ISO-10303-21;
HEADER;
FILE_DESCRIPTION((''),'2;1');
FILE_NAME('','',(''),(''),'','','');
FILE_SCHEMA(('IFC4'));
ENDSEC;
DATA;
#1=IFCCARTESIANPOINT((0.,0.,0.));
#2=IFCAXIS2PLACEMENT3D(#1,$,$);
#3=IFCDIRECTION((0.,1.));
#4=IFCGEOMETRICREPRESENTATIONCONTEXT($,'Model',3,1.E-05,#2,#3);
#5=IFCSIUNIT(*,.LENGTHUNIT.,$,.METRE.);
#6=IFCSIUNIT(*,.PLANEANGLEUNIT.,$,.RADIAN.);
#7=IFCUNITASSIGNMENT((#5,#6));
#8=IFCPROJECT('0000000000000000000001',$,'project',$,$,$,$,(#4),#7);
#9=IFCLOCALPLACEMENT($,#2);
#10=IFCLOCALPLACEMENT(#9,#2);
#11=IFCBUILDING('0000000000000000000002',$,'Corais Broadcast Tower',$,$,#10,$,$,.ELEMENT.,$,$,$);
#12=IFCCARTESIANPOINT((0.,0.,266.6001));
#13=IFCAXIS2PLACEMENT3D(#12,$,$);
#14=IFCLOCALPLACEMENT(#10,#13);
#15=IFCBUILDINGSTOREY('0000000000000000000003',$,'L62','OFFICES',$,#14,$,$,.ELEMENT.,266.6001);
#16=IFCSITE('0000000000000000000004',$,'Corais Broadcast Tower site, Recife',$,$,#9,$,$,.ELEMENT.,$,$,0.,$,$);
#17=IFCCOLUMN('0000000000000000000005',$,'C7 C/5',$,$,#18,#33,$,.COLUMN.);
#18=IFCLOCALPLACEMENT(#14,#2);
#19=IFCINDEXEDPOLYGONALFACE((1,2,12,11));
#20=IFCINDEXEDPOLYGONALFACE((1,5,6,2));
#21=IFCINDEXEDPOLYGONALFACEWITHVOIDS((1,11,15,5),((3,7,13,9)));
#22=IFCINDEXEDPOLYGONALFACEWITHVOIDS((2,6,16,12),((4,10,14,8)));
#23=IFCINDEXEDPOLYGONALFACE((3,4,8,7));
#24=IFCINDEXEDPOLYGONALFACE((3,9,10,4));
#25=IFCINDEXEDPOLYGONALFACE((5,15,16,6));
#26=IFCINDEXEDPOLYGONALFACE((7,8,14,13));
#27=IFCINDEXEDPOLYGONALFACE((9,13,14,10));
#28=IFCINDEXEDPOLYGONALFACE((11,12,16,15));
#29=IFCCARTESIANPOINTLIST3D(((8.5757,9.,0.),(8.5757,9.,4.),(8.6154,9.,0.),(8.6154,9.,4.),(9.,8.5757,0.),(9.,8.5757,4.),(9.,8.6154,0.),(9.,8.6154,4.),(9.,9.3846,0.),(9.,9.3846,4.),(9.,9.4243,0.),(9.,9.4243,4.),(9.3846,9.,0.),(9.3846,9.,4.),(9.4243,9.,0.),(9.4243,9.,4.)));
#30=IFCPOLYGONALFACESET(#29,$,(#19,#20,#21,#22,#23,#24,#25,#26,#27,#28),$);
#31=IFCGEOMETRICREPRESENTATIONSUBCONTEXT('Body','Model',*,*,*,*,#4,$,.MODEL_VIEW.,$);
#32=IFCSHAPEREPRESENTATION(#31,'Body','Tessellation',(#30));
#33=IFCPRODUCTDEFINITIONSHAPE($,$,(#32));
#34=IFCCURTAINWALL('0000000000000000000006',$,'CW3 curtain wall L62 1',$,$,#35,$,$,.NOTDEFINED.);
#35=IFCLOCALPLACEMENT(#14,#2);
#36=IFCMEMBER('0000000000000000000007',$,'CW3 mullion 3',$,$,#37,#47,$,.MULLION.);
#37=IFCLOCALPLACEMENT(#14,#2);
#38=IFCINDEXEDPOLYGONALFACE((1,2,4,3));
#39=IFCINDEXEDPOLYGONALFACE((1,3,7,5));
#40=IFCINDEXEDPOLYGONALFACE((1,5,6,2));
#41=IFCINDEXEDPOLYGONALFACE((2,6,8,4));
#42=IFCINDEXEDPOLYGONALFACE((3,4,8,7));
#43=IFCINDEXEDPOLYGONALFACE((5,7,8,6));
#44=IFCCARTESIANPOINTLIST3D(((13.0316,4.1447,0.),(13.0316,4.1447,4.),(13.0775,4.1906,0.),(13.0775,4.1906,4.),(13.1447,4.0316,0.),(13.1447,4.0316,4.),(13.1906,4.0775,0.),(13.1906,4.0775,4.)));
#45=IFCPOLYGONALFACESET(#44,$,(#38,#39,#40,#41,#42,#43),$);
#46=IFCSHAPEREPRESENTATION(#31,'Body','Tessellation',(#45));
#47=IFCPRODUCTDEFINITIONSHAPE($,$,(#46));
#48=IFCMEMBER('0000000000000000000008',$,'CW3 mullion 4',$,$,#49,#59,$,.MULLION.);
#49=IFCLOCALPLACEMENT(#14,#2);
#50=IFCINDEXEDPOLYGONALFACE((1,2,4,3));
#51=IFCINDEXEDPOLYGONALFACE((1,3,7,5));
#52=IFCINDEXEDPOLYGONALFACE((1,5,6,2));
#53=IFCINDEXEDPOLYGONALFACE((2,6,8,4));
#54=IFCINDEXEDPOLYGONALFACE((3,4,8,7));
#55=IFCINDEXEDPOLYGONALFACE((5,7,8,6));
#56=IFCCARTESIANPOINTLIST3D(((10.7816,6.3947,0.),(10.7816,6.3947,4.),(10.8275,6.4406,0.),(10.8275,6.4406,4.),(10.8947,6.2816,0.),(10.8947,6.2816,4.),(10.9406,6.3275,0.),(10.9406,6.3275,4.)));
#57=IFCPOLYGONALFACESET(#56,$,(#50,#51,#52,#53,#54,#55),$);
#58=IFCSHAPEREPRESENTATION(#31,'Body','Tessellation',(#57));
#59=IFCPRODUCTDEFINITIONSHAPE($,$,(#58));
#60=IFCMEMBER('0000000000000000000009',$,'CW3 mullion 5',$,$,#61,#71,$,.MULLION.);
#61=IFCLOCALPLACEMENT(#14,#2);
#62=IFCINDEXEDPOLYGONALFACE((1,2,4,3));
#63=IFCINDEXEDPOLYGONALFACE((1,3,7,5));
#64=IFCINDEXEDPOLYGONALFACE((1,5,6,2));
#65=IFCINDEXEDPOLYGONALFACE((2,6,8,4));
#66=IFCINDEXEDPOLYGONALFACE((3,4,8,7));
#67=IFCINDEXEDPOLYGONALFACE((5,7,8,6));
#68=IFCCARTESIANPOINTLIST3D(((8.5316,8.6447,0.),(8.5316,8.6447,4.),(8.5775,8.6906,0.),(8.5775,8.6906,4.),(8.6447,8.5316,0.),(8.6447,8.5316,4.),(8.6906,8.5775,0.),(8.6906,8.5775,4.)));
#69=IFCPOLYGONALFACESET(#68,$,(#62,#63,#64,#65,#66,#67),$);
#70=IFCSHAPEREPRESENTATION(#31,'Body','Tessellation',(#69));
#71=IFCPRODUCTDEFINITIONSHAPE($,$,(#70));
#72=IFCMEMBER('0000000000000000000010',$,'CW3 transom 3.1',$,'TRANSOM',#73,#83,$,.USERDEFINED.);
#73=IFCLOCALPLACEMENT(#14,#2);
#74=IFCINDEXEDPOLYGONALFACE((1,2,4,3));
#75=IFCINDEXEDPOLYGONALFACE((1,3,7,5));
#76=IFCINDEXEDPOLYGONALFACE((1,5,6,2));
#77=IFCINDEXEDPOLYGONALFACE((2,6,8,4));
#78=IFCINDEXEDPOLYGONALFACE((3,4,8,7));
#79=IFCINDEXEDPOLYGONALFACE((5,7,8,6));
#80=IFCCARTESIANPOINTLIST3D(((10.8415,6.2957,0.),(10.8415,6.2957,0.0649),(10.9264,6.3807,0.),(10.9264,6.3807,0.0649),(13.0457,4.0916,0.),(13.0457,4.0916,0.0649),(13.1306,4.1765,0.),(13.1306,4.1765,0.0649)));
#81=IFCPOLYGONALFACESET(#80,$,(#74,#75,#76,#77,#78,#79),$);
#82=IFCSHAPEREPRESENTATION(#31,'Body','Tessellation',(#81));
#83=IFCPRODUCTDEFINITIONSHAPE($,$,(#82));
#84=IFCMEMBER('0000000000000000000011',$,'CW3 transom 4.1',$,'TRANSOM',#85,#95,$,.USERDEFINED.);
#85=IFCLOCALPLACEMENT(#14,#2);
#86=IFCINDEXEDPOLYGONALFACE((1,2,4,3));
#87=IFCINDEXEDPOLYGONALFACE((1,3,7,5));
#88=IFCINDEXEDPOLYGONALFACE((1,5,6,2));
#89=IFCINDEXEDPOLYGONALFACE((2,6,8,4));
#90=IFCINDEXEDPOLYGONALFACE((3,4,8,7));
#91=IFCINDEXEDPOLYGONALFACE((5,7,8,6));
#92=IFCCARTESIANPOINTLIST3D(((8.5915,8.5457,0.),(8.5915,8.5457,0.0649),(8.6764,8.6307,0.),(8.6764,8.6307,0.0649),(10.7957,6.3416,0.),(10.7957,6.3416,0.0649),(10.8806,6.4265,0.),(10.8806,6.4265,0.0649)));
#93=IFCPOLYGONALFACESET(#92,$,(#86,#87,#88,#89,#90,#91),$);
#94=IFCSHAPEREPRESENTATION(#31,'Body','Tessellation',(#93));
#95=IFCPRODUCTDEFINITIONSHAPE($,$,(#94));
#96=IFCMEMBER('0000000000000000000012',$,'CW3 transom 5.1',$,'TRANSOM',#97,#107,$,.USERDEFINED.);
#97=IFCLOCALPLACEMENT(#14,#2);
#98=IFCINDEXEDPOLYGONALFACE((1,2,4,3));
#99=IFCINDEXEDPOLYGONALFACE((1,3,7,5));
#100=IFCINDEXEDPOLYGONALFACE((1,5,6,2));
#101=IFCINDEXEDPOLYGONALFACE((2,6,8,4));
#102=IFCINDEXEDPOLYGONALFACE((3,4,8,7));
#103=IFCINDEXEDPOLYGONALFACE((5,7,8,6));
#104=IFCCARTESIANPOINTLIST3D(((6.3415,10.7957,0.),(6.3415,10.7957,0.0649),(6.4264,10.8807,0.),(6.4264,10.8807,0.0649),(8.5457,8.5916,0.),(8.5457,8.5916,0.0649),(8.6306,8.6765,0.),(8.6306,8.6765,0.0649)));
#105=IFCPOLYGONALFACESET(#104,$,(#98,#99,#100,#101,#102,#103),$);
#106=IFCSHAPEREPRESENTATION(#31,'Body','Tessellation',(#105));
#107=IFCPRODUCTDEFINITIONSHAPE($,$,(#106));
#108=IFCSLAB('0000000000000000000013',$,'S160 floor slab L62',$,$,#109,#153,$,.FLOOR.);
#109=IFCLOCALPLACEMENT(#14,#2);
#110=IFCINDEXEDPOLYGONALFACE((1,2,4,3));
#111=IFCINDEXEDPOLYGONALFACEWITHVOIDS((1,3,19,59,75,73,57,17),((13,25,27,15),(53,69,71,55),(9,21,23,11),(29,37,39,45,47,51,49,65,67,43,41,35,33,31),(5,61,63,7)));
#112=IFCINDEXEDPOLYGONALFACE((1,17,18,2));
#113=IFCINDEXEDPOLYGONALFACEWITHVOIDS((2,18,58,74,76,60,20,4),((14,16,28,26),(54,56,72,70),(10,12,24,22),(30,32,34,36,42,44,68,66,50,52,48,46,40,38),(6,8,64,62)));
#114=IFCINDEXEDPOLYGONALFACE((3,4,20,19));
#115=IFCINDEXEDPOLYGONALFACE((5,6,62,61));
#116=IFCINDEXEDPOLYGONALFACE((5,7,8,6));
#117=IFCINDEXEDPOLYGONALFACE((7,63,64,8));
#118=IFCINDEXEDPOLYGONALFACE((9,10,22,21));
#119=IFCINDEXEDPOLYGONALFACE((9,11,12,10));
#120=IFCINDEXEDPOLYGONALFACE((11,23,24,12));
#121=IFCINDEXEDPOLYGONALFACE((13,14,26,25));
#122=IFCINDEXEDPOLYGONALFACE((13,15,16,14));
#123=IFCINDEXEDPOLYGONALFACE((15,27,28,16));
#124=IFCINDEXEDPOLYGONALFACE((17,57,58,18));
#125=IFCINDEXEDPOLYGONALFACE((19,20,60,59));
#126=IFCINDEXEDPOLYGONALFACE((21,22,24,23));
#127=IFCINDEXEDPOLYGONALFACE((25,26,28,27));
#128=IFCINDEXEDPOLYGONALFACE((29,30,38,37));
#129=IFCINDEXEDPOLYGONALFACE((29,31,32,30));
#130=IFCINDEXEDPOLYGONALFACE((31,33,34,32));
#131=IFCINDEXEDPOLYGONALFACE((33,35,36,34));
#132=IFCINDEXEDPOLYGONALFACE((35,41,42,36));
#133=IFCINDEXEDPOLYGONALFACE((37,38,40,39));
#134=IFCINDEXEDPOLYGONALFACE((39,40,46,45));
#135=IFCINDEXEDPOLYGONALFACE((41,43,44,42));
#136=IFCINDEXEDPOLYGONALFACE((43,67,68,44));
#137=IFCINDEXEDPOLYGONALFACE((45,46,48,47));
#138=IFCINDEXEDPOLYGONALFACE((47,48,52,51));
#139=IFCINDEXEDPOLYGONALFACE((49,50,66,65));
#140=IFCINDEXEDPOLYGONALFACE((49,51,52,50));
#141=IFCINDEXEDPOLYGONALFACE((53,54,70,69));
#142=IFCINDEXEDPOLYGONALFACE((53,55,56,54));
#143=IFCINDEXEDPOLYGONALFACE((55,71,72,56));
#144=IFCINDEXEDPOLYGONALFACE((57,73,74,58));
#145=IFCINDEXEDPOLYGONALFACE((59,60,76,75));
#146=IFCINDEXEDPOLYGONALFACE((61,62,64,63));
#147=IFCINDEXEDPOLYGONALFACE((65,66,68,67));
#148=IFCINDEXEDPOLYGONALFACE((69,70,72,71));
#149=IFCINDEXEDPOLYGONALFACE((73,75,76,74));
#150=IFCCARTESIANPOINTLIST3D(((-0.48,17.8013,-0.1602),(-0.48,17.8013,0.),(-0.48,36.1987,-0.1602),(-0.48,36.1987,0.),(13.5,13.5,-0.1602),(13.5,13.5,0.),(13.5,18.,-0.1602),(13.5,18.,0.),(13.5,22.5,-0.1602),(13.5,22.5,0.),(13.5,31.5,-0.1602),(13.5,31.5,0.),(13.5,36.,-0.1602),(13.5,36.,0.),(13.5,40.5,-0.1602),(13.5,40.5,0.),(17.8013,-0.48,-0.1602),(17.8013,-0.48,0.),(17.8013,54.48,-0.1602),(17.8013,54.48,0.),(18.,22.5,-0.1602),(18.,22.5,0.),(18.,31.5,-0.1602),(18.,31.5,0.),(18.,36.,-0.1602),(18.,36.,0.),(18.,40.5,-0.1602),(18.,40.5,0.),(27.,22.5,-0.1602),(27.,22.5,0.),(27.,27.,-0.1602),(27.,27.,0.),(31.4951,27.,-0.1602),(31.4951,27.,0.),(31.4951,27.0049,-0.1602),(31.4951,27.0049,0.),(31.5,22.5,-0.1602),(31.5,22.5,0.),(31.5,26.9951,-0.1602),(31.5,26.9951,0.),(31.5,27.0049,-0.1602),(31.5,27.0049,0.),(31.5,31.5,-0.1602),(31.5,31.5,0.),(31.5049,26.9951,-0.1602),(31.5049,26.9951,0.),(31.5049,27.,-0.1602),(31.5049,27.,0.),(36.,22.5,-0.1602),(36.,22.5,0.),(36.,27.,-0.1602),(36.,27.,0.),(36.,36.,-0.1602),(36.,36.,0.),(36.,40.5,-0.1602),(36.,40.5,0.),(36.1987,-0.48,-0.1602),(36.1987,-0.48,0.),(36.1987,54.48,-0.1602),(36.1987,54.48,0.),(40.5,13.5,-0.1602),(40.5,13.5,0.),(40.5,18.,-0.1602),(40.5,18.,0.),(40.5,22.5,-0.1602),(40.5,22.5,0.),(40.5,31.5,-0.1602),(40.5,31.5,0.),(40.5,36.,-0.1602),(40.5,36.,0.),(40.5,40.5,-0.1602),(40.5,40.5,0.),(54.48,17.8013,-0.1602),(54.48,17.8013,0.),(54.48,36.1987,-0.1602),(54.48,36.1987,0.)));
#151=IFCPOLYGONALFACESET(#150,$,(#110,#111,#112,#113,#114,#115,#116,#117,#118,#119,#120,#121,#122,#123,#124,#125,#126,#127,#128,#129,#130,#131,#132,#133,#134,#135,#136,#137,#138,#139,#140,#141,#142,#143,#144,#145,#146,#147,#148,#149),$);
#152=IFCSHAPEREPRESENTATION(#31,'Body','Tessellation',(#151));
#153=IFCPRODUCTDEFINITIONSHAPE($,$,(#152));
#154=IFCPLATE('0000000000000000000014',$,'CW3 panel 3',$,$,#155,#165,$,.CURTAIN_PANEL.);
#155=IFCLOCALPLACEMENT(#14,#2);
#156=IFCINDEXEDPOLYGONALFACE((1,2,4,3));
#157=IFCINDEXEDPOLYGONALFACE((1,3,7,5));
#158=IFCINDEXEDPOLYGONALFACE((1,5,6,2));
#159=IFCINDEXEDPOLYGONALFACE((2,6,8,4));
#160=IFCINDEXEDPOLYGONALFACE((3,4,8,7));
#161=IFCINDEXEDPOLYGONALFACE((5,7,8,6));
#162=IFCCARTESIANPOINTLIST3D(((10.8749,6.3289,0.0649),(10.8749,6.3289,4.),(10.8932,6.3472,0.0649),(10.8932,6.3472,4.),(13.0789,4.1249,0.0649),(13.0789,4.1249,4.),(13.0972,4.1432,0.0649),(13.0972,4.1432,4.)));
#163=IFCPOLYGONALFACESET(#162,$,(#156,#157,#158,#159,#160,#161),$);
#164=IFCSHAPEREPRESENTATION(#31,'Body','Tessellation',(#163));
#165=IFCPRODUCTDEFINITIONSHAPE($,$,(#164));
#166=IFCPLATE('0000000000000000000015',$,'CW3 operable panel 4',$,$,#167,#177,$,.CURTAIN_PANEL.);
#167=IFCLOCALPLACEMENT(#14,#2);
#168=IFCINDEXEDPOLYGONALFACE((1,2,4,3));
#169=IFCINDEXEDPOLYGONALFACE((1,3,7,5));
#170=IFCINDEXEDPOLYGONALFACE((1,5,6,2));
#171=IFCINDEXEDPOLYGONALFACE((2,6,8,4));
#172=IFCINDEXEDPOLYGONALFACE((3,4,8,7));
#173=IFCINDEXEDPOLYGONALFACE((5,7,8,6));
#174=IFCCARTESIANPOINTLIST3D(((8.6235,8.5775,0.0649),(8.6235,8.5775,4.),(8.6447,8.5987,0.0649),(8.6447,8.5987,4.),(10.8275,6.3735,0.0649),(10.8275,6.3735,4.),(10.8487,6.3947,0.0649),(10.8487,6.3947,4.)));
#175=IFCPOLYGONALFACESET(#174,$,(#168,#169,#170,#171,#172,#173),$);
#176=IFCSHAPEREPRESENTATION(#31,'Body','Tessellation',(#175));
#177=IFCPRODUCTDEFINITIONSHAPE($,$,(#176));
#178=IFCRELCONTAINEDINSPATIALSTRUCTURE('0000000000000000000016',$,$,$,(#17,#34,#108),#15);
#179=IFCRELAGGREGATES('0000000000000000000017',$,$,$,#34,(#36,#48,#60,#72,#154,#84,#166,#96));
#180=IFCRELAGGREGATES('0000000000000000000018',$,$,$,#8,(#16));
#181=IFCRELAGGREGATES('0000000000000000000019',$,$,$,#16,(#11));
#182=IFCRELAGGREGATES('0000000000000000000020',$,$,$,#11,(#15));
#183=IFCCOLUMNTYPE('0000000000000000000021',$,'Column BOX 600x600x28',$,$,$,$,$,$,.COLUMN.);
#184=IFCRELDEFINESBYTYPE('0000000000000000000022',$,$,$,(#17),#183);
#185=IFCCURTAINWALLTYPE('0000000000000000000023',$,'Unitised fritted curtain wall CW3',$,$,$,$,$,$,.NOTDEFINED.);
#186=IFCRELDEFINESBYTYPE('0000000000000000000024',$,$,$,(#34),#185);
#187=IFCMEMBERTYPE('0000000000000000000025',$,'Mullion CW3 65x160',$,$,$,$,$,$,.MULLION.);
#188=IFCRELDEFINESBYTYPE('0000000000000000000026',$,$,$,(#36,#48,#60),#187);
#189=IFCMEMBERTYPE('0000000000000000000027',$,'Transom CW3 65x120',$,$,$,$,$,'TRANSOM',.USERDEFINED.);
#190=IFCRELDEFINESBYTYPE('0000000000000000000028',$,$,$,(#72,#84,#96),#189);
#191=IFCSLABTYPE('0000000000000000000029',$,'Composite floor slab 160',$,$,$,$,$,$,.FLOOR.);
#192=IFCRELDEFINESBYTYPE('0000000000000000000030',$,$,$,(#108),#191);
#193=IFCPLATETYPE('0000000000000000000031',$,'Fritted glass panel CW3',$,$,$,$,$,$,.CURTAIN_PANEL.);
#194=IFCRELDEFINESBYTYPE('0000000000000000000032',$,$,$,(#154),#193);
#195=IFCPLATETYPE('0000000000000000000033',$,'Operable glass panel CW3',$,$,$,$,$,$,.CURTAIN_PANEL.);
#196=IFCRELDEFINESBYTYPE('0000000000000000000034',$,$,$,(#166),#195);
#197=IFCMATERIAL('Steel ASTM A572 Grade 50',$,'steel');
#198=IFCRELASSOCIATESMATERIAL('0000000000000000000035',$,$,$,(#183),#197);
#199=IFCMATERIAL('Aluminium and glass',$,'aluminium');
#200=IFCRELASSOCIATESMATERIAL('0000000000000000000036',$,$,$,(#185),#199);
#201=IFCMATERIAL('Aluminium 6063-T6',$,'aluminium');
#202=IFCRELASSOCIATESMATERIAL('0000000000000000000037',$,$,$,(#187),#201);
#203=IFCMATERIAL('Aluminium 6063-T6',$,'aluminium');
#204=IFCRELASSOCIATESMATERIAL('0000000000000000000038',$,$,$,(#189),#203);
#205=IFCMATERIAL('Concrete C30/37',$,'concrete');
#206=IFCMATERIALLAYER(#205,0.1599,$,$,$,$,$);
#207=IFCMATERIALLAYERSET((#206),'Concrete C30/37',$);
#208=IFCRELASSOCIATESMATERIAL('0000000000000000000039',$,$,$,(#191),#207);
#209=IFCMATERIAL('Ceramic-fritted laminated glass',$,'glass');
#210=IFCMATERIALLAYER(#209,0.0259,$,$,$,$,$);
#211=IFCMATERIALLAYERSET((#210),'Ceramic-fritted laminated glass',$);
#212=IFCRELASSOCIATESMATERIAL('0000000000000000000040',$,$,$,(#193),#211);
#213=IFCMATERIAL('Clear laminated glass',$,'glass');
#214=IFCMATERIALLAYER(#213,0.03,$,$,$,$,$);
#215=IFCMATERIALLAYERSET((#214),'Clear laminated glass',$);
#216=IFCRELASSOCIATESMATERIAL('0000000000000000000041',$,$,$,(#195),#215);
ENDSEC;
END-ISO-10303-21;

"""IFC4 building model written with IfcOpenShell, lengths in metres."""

from ifc_helpers import new_model, si_unit, direction, frame, origin, origin_2d, place, context, subcontext, project, spatial, polyline, rectangle, hollow_rectangle, outline, extrude, material, layer, layer_set, material_profile, profile_set, type_object, element, aggregate, save


model = new_model("IFC4")

# Units and contexts
model_context = context("Model", 3, precision=1e-05, world=origin(), true_north=direction((0.0, 1.0)))
body_context = subcontext(model_context, "Body", "Model", "MODEL_VIEW")
ifc_project = project(units=[si_unit("LENGTHUNIT", "METRE"), si_unit("PLANEANGLEUNIT", "RADIAN")], contexts=[model_context])

# Site, building, storey
site_placement = place(None, origin())
site = spatial("IfcSite", under=ifc_project, at=site_placement, Name="Corais Broadcast Tower site, Recife", CompositionType="ELEMENT", RefElevation=0.0)
building_placement = place(site_placement, origin())
building = spatial("IfcBuilding", under=site, at=building_placement, Name="Corais Broadcast Tower", CompositionType="ELEMENT")
storey_placement = place(building_placement, frame((0.0, 0.0, 266.6001)))
storey = spatial("IfcBuildingStorey", under=building, at=storey_placement, Name="L62", Description="OFFICES", CompositionType="ELEMENT", Elevation=266.6001)

# Column
ifc_material_1 = material(Name="Steel ASTM A572 Grade 50", Category="steel")
ifc_material_profile_1 = material_profile(ifc_material_1, hollow_rectangle(XDim=0.6001, YDim=0.6001, WallThickness=0.0281, at=origin_2d()), Name="BOX 600x600x28")
ifc_profile_set_1 = profile_set([ifc_material_profile_1], Name="Steel ASTM A572 Grade 50")
column_type = type_object("IfcColumnType", Name="Column BOX 600x600x28", PredefinedType="COLUMN", material=ifc_profile_set_1)
column_placement = place(storey_placement, frame((9.0, 9.0, 0.0), z_axis=(0.0, 0.0, 1.0), x_axis=(0.707107, 0.707107, 0.0)))
element("IfcColumn", 1, at=column_placement, inside=storey, type_object=column_type, Name="C7 C/5", PredefinedType="COLUMN", context=body_context, shape_type="SweptSolid", body=[
    extrude(hollow_rectangle(XDim=0.6001, YDim=0.6001, WallThickness=0.0281, at=origin_2d()), origin(), (0.0, 0.0, 1.0), 4.0),
])

# Curtain wall, members
ifc_material_2 = material(Name="Aluminium and glass", Category="aluminium")
curtain_wall_type = type_object("IfcCurtainWallType", Name="Unitised fritted curtain wall CW3", PredefinedType="NOTDEFINED", material=ifc_material_2)
curtain_wall_placement = place(storey_placement, origin())
curtain_wall = element("IfcCurtainWall", 2, at=curtain_wall_placement, inside=storey, type_object=curtain_wall_type, Name="CW3 curtain wall L62 1", PredefinedType="NOTDEFINED")
ifc_material_3 = material(Name="Aluminium 6063-T6", Category="aluminium")
ifc_material_profile_2 = material_profile(ifc_material_3, rectangle(XDim=0.0649, YDim=0.1599, at=origin_2d()), Name="Mullion CW3 65x160")
ifc_profile_set_2 = profile_set([ifc_material_profile_2], Name="Aluminium 6063-T6")
member_type_1 = type_object("IfcMemberType", Name="Mullion CW3 65x160", PredefinedType="MULLION", material=ifc_profile_set_2)
member_1_placement = place(storey_placement, frame((13.1111, 4.1111, 0.0), z_axis=(0.0, 0.0, 1.0), x_axis=(-0.707107, -0.707107, 0.0)))
member_1 = element("IfcMember", 3, at=member_1_placement, type_object=member_type_1, Name="CW3 mullion 3", PredefinedType="MULLION", context=body_context, shape_type="SweptSolid", body=[
    extrude(rectangle(XDim=0.0649, YDim=0.1599, at=origin_2d()), origin(), (0.0, 0.0, 1.0), 4.0),
])
member_2_placement = place(storey_placement, frame((10.8611, 6.3611, 0.0), z_axis=(0.0, 0.0, 1.0), x_axis=(-0.707107, -0.707107, 0.0)))
member_2 = element("IfcMember", 4, at=member_2_placement, type_object=member_type_1, Name="CW3 mullion 4", PredefinedType="MULLION", context=body_context, shape_type="SweptSolid", body=[
    extrude(rectangle(XDim=0.0649, YDim=0.1599, at=origin_2d()), origin(), (0.0, 0.0, 1.0), 4.0),
])
member_3_placement = place(storey_placement, frame((8.6111, 8.6111, 0.0), z_axis=(0.0, 0.0, 1.0), x_axis=(-0.707107, -0.707107, 0.0)))
member_3 = element("IfcMember", 5, at=member_3_placement, type_object=member_type_1, Name="CW3 mullion 5", PredefinedType="MULLION", context=body_context, shape_type="SweptSolid", body=[
    extrude(rectangle(XDim=0.0649, YDim=0.1599, at=origin_2d()), origin(), (0.0, 0.0, 1.0), 4.0),
])
ifc_material_4 = material(Name="Aluminium 6063-T6", Category="aluminium")
ifc_material_profile_3 = material_profile(ifc_material_4, rectangle(XDim=0.1201, YDim=0.0649, at=origin_2d()), Name="Transom CW3 65x120")
ifc_profile_set_3 = profile_set([ifc_material_profile_3], Name="Aluminium 6063-T6")
member_type_2 = type_object("IfcMemberType", Name="Transom CW3 65x120", ElementType="TRANSOM", PredefinedType="USERDEFINED", material=ifc_profile_set_3)
member_4_placement = place(storey_placement, frame((13.0881, 4.134, 0.0325), z_axis=(-0.707107, 0.707107, 0.0), x_axis=(-0.707107, -0.707107, 0.0)))
member_4 = element("IfcMember", 6, at=member_4_placement, type_object=member_type_2, Name="CW3 transom 3.1", ObjectType="TRANSOM", PredefinedType="USERDEFINED", context=body_context, shape_type="SweptSolid", body=[
    extrude(rectangle(XDim=0.1201, YDim=0.0649, at=origin_2d()), origin(), (0.0, 0.0, 1.0), 3.1172),
])
member_5_placement = place(storey_placement, frame((10.8381, 6.384, 0.0325), z_axis=(-0.707107, 0.707107, 0.0), x_axis=(-0.707107, -0.707107, 0.0)))
member_5 = element("IfcMember", 7, at=member_5_placement, type_object=member_type_2, Name="CW3 transom 4.1", ObjectType="TRANSOM", PredefinedType="USERDEFINED", context=body_context, shape_type="SweptSolid", body=[
    extrude(rectangle(XDim=0.1201, YDim=0.0649, at=origin_2d()), origin(), (0.0, 0.0, 1.0), 3.1172),
])
member_6_placement = place(storey_placement, frame((8.5881, 8.634, 0.0325), z_axis=(-0.707107, 0.707107, 0.0), x_axis=(-0.707107, -0.707107, 0.0)))
member_6 = element("IfcMember", 8, at=member_6_placement, type_object=member_type_2, Name="CW3 transom 5.1", ObjectType="TRANSOM", PredefinedType="USERDEFINED", context=body_context, shape_type="SweptSolid", body=[
    extrude(rectangle(XDim=0.1201, YDim=0.0649, at=origin_2d()), origin(), (0.0, 0.0, 1.0), 3.1172),
])

# Slab
ifc_material_5 = material(Name="Concrete C30/37", Category="concrete")
ifc_layer_1 = layer(ifc_material_5, 0.1599)
ifc_layer_set_1 = layer_set([ifc_layer_1], Name="Concrete C30/37")
slab_type_1 = type_object("IfcSlabType", Name="Composite floor slab 160", PredefinedType="FLOOR", material=ifc_layer_set_1)
slab_1_placement = place(storey_placement, frame((0.0, 0.0, -0.1602)))
element("IfcSlab", 9, at=slab_1_placement, inside=storey, type_object=slab_type_1, Name="S160 floor slab L62", PredefinedType="FLOOR", context=body_context, shape_type="SweptSolid", body=[
    extrude(outline(polyline([(17.8013, -0.48), (-0.48, 17.8013), (-0.48, 36.1987), (17.8013, 54.48), (36.1987, 54.48), (54.48, 36.1987), (54.48, 17.8013), (36.1987, -0.48), (17.8013, -0.48)]), holes=[polyline([(13.5, 18.0), (40.5, 18.0), (40.5, 13.5), (13.5, 13.5), (13.5, 18.0)]), polyline([(18.0, 22.5), (13.5, 22.5), (13.5, 31.5), (18.0, 31.5), (18.0, 22.5)]), polyline([(18.0, 36.0), (13.5, 36.0), (13.5, 40.5), (18.0, 40.5), (18.0, 36.0)]), polyline([(31.5, 22.5), (27.0, 22.5), (27.0, 27.0), (31.4951, 27.0), (31.4951, 27.0049), (31.5, 27.0049), (31.5, 31.5), (40.5, 31.5), (40.5, 22.5), (36.0, 22.5), (36.0, 27.0), (31.5049, 27.0), (31.5049, 26.9951), (31.5, 26.9951), (31.5, 22.5)]), polyline([(40.5, 36.0), (36.0, 36.0), (36.0, 40.5), (40.5, 40.5), (40.5, 36.0)])]), origin(), (0.0, 0.0, 1.0), 0.1602),
])

# Plates
ifc_material_6 = material(Name="Ceramic-fritted laminated glass", Category="glass")
ifc_layer_2 = layer(ifc_material_6, 0.0259)
ifc_layer_set_2 = layer_set([ifc_layer_2], Name="Ceramic-fritted laminated glass")
plate_type_1 = type_object("IfcPlateType", Name="Fritted glass panel CW3", PredefinedType="CURTAIN_PANEL", material=ifc_layer_set_2)
plate_1_placement = place(storey_placement, frame((11.9861, 5.2361, 0.0649), z_axis=(0.0, 0.0, 1.0), x_axis=(-0.707107, 0.707107, 0.0)))
plate_1 = element("IfcPlate", 10, at=plate_1_placement, type_object=plate_type_1, Name="CW3 panel 3", PredefinedType="CURTAIN_PANEL", context=body_context, shape_type="SweptSolid", body=[
    extrude(rectangle(XDim=3.1169, YDim=0.0259, at=origin_2d()), origin(), (0.0, 0.0, 1.0), 3.9351),
])
ifc_material_7 = material(Name="Clear laminated glass", Category="glass")
ifc_layer_3 = layer(ifc_material_7, 0.03)
ifc_layer_set_3 = layer_set([ifc_layer_3], Name="Clear laminated glass")
plate_type_2 = type_object("IfcPlateType", Name="Operable glass panel CW3", PredefinedType="CURTAIN_PANEL", material=ifc_layer_set_3)
plate_2_placement = place(storey_placement, frame((9.7361, 7.4861, 0.0649), z_axis=(0.0, 0.0, 1.0), x_axis=(-0.707107, 0.707107, 0.0)))
plate_2 = element("IfcPlate", 11, at=plate_2_placement, type_object=plate_type_2, Name="CW3 operable panel 4", PredefinedType="CURTAIN_PANEL", context=body_context, shape_type="SweptSolid", body=[
    extrude(rectangle(XDim=3.1169, YDim=0.03, at=origin_2d()), origin(), (0.0, 0.0, 1.0), 3.9351),
])
aggregate(curtain_wall, [member_1, member_2, member_3, member_4, plate_1, member_5, plate_2, member_6])

save(model, "model.ifc")
